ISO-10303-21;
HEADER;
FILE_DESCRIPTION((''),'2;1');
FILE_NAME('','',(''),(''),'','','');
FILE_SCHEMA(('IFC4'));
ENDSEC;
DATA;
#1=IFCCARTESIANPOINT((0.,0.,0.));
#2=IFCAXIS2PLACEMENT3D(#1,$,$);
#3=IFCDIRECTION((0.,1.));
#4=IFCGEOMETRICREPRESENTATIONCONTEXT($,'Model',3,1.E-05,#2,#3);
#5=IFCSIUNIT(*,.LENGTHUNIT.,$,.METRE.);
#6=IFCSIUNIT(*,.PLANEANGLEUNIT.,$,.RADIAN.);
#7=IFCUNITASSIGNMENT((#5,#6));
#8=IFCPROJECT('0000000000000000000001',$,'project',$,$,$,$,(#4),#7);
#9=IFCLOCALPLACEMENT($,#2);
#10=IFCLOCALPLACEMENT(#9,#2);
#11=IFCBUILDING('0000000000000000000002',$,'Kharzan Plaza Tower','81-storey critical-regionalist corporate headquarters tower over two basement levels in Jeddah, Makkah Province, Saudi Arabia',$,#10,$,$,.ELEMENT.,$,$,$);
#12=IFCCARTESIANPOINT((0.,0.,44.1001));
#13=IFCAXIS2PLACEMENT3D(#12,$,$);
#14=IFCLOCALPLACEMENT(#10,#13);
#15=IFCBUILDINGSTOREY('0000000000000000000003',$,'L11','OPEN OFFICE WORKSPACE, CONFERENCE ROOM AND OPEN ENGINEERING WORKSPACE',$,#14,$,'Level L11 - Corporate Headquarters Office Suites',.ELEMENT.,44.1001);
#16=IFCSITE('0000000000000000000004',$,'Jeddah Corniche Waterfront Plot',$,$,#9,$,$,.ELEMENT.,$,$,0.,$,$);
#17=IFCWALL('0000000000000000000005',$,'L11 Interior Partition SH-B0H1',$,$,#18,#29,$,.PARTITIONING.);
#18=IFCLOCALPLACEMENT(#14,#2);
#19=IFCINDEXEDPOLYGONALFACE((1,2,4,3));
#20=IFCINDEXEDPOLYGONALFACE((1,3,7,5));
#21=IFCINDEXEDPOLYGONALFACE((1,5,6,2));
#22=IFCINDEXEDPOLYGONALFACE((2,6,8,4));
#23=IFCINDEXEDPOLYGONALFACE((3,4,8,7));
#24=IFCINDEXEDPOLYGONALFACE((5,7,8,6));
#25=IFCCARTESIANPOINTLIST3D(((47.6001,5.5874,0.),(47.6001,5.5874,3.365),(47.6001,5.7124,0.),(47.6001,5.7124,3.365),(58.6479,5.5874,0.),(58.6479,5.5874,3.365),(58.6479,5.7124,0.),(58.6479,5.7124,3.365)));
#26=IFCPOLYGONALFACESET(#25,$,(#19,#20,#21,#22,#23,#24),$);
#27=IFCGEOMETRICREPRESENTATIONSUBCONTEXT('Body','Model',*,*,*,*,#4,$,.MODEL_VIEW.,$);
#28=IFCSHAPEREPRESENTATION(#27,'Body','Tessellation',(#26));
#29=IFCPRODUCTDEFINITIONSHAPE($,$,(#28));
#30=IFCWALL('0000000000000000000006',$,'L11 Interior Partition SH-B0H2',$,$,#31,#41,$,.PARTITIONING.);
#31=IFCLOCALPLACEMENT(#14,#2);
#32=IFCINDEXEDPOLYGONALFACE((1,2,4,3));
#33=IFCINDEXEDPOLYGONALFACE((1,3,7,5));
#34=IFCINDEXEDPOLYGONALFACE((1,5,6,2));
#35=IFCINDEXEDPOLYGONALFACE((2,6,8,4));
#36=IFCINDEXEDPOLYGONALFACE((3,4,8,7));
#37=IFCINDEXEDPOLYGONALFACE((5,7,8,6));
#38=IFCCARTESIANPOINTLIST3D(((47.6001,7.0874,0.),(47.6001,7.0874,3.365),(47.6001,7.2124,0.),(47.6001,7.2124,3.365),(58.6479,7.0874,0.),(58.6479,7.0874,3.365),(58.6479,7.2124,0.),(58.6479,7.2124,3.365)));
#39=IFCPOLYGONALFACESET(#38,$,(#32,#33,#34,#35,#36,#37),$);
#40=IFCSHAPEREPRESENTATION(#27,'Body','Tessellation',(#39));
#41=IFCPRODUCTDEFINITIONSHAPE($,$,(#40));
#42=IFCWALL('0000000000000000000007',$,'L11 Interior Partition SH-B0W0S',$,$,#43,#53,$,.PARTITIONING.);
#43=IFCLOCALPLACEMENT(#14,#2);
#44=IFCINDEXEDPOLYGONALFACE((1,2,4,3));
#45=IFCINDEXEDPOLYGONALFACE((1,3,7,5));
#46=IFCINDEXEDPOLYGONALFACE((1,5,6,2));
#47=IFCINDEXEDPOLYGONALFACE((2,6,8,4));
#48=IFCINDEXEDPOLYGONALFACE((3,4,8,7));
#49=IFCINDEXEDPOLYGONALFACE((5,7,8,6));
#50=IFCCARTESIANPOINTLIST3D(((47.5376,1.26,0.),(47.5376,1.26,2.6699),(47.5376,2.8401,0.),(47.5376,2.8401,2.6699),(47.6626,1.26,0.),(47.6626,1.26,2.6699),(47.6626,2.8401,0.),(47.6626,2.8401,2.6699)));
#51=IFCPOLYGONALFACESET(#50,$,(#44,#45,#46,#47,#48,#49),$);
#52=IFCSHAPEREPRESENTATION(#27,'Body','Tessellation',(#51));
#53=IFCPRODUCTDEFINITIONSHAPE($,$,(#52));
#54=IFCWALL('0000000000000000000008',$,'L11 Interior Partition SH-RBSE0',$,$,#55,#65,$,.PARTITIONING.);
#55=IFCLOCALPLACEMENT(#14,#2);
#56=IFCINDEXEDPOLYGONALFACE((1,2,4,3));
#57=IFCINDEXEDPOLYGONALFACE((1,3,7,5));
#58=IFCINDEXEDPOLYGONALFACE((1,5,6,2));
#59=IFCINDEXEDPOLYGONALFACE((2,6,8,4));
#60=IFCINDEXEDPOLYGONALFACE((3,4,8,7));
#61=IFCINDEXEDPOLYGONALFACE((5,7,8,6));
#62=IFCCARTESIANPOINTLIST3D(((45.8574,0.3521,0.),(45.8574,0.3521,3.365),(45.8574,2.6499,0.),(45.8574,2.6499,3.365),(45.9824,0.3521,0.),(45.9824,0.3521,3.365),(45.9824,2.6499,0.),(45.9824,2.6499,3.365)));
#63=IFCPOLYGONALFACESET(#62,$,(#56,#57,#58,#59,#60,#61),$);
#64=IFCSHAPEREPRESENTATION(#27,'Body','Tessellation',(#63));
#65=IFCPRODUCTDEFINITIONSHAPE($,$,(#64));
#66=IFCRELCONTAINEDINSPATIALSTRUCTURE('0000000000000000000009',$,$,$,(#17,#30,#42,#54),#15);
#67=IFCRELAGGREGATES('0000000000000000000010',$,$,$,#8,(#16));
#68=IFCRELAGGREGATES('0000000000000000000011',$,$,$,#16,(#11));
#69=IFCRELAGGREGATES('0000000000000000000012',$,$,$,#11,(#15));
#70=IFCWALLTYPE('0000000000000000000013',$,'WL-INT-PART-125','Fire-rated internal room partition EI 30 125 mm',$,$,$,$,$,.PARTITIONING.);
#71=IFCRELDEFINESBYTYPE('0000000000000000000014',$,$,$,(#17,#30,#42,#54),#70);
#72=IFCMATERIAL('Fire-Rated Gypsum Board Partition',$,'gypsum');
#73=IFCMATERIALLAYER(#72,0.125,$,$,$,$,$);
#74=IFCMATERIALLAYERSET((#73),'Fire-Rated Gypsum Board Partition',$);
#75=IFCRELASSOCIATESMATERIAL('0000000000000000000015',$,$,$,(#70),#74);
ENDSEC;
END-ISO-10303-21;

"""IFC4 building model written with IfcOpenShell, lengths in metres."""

from ifc_helpers import new_model, si_unit, direction, frame, frame_2d, origin, place, context, subcontext, project, spatial, rectangle, extrude, source, transform, mapped, material, layer, layer_set, type_object, element, save


model = new_model("IFC4")

# Units and contexts
model_context = context("Model", 3, precision=1e-05, world=origin(), true_north=direction((0.0, 1.0)))
body_context = subcontext(model_context, "Body", "Model", "MODEL_VIEW")
ifc_project = project(units=[si_unit("LENGTHUNIT", "METRE"), si_unit("PLANEANGLEUNIT", "RADIAN")], contexts=[model_context])

# Site, building, storey
site_placement = place(None, origin())
site = spatial("IfcSite", under=ifc_project, at=site_placement, Name="Jeddah Corniche Waterfront Plot", CompositionType="ELEMENT", RefElevation=0.0)
building_placement = place(site_placement, origin())
building = spatial("IfcBuilding", under=site, at=building_placement, Name="Kharzan Plaza Tower", Description="81-storey critical-regionalist corporate headquarters tower over two basement levels in Jeddah, Makkah Province, Saudi Arabia", CompositionType="ELEMENT")
storey_placement = place(building_placement, frame((0.0, 0.0, 44.1001)))
storey = spatial("IfcBuildingStorey", under=building, at=storey_placement, Name="L11", Description="OPEN OFFICE WORKSPACE, CONFERENCE ROOM AND OPEN ENGINEERING WORKSPACE", LongName="Level L11 - Corporate Headquarters Office Suites", CompositionType="ELEMENT", Elevation=44.1001)

# Shared definitions
ifc_material_1 = material(Name="Fire-Rated Gypsum Board Partition", Category="gypsum")
ifc_layer_1 = layer(ifc_material_1, 0.125)
ifc_layer_set_1 = layer_set([ifc_layer_1], Name="Fire-Rated Gypsum Board Partition")
wall_type_1 = type_object("IfcWallType", Name="WL-INT-PART-125", Description="Fire-rated internal room partition EI 30 125 mm", PredefinedType="PARTITIONING", material=ifc_layer_set_1)

# Walls
shared_shape_1 = source(origin(), body_context, "Body", "SweptSolid", [
    extrude(rectangle(XDim=11.0479, YDim=0.125, at=frame_2d((5.5239, 0.0))), origin(), (0.0, 0.0, 1.0), 3.365),
])
for number, where, z_axis, x_axis, name in (
    (1, (47.6001, 5.6499, 0.0), (0.0, 0.0, 1.0), (1.0, 0.0, 0.0), "L11 Interior Partition SH-B0H1"),
    (2, (47.6001, 7.1499, 0.0), (0.0, 0.0, 1.0), (1.0, 0.0, 0.0), "L11 Interior Partition SH-B0H2"),
):
    element("IfcWall", number, at=place(storey_placement, frame(where, z_axis=z_axis, x_axis=x_axis)), inside=storey, type_object=wall_type_1, Name=name, PredefinedType="PARTITIONING", context=body_context, shape_type="MappedRepresentation", body=[
        mapped(shared_shape_1, transform((0.0, 0.0, 0.0), x_axis=(1.0, 0.0, 0.0), y_axis=(0.0, 1.0, 0.0), z_axis=(0.0, 0.0, 1.0))),
    ])
shared_shape_2 = source(origin(), body_context, "Body", "SweptSolid", [
    extrude(rectangle(XDim=1.5801, YDim=0.125, at=frame_2d((0.79, 0.0))), origin(), (0.0, 0.0, 1.0), 2.6699),
])
wall_1_placement = place(storey_placement, frame((47.6001, 1.26, 0.0), z_axis=(0.0, 0.0, 1.0), x_axis=(0.0, 1.0, 0.0)))
element("IfcWall", 3, at=wall_1_placement, inside=storey, type_object=wall_type_1, Name="L11 Interior Partition SH-B0W0S", PredefinedType="PARTITIONING", context=body_context, shape_type="MappedRepresentation", body=[
    mapped(shared_shape_2, transform((0.0, 0.0, 0.0), x_axis=(1.0, 0.0, 0.0), y_axis=(0.0, 1.0, 0.0), z_axis=(0.0, 0.0, 1.0))),
])
shared_shape_3 = source(origin(), body_context, "Body", "SweptSolid", [
    extrude(rectangle(XDim=2.2979, YDim=0.125, at=frame_2d((1.1489, 0.0))), origin(), (0.0, 0.0, 1.0), 3.365),
])
wall_2_placement = place(storey_placement, frame((45.9199, 0.3521, 0.0), z_axis=(0.0, 0.0, 1.0), x_axis=(0.0, 1.0, 0.0)))
element("IfcWall", 4, at=wall_2_placement, inside=storey, type_object=wall_type_1, Name="L11 Interior Partition SH-RBSE0", PredefinedType="PARTITIONING", context=body_context, shape_type="MappedRepresentation", body=[
    mapped(shared_shape_3, transform((0.0, 0.0, 0.0), x_axis=(1.0, 0.0, 0.0), y_axis=(0.0, 1.0, 0.0), z_axis=(0.0, 0.0, 1.0))),
])

save(model, "model.ifc")
